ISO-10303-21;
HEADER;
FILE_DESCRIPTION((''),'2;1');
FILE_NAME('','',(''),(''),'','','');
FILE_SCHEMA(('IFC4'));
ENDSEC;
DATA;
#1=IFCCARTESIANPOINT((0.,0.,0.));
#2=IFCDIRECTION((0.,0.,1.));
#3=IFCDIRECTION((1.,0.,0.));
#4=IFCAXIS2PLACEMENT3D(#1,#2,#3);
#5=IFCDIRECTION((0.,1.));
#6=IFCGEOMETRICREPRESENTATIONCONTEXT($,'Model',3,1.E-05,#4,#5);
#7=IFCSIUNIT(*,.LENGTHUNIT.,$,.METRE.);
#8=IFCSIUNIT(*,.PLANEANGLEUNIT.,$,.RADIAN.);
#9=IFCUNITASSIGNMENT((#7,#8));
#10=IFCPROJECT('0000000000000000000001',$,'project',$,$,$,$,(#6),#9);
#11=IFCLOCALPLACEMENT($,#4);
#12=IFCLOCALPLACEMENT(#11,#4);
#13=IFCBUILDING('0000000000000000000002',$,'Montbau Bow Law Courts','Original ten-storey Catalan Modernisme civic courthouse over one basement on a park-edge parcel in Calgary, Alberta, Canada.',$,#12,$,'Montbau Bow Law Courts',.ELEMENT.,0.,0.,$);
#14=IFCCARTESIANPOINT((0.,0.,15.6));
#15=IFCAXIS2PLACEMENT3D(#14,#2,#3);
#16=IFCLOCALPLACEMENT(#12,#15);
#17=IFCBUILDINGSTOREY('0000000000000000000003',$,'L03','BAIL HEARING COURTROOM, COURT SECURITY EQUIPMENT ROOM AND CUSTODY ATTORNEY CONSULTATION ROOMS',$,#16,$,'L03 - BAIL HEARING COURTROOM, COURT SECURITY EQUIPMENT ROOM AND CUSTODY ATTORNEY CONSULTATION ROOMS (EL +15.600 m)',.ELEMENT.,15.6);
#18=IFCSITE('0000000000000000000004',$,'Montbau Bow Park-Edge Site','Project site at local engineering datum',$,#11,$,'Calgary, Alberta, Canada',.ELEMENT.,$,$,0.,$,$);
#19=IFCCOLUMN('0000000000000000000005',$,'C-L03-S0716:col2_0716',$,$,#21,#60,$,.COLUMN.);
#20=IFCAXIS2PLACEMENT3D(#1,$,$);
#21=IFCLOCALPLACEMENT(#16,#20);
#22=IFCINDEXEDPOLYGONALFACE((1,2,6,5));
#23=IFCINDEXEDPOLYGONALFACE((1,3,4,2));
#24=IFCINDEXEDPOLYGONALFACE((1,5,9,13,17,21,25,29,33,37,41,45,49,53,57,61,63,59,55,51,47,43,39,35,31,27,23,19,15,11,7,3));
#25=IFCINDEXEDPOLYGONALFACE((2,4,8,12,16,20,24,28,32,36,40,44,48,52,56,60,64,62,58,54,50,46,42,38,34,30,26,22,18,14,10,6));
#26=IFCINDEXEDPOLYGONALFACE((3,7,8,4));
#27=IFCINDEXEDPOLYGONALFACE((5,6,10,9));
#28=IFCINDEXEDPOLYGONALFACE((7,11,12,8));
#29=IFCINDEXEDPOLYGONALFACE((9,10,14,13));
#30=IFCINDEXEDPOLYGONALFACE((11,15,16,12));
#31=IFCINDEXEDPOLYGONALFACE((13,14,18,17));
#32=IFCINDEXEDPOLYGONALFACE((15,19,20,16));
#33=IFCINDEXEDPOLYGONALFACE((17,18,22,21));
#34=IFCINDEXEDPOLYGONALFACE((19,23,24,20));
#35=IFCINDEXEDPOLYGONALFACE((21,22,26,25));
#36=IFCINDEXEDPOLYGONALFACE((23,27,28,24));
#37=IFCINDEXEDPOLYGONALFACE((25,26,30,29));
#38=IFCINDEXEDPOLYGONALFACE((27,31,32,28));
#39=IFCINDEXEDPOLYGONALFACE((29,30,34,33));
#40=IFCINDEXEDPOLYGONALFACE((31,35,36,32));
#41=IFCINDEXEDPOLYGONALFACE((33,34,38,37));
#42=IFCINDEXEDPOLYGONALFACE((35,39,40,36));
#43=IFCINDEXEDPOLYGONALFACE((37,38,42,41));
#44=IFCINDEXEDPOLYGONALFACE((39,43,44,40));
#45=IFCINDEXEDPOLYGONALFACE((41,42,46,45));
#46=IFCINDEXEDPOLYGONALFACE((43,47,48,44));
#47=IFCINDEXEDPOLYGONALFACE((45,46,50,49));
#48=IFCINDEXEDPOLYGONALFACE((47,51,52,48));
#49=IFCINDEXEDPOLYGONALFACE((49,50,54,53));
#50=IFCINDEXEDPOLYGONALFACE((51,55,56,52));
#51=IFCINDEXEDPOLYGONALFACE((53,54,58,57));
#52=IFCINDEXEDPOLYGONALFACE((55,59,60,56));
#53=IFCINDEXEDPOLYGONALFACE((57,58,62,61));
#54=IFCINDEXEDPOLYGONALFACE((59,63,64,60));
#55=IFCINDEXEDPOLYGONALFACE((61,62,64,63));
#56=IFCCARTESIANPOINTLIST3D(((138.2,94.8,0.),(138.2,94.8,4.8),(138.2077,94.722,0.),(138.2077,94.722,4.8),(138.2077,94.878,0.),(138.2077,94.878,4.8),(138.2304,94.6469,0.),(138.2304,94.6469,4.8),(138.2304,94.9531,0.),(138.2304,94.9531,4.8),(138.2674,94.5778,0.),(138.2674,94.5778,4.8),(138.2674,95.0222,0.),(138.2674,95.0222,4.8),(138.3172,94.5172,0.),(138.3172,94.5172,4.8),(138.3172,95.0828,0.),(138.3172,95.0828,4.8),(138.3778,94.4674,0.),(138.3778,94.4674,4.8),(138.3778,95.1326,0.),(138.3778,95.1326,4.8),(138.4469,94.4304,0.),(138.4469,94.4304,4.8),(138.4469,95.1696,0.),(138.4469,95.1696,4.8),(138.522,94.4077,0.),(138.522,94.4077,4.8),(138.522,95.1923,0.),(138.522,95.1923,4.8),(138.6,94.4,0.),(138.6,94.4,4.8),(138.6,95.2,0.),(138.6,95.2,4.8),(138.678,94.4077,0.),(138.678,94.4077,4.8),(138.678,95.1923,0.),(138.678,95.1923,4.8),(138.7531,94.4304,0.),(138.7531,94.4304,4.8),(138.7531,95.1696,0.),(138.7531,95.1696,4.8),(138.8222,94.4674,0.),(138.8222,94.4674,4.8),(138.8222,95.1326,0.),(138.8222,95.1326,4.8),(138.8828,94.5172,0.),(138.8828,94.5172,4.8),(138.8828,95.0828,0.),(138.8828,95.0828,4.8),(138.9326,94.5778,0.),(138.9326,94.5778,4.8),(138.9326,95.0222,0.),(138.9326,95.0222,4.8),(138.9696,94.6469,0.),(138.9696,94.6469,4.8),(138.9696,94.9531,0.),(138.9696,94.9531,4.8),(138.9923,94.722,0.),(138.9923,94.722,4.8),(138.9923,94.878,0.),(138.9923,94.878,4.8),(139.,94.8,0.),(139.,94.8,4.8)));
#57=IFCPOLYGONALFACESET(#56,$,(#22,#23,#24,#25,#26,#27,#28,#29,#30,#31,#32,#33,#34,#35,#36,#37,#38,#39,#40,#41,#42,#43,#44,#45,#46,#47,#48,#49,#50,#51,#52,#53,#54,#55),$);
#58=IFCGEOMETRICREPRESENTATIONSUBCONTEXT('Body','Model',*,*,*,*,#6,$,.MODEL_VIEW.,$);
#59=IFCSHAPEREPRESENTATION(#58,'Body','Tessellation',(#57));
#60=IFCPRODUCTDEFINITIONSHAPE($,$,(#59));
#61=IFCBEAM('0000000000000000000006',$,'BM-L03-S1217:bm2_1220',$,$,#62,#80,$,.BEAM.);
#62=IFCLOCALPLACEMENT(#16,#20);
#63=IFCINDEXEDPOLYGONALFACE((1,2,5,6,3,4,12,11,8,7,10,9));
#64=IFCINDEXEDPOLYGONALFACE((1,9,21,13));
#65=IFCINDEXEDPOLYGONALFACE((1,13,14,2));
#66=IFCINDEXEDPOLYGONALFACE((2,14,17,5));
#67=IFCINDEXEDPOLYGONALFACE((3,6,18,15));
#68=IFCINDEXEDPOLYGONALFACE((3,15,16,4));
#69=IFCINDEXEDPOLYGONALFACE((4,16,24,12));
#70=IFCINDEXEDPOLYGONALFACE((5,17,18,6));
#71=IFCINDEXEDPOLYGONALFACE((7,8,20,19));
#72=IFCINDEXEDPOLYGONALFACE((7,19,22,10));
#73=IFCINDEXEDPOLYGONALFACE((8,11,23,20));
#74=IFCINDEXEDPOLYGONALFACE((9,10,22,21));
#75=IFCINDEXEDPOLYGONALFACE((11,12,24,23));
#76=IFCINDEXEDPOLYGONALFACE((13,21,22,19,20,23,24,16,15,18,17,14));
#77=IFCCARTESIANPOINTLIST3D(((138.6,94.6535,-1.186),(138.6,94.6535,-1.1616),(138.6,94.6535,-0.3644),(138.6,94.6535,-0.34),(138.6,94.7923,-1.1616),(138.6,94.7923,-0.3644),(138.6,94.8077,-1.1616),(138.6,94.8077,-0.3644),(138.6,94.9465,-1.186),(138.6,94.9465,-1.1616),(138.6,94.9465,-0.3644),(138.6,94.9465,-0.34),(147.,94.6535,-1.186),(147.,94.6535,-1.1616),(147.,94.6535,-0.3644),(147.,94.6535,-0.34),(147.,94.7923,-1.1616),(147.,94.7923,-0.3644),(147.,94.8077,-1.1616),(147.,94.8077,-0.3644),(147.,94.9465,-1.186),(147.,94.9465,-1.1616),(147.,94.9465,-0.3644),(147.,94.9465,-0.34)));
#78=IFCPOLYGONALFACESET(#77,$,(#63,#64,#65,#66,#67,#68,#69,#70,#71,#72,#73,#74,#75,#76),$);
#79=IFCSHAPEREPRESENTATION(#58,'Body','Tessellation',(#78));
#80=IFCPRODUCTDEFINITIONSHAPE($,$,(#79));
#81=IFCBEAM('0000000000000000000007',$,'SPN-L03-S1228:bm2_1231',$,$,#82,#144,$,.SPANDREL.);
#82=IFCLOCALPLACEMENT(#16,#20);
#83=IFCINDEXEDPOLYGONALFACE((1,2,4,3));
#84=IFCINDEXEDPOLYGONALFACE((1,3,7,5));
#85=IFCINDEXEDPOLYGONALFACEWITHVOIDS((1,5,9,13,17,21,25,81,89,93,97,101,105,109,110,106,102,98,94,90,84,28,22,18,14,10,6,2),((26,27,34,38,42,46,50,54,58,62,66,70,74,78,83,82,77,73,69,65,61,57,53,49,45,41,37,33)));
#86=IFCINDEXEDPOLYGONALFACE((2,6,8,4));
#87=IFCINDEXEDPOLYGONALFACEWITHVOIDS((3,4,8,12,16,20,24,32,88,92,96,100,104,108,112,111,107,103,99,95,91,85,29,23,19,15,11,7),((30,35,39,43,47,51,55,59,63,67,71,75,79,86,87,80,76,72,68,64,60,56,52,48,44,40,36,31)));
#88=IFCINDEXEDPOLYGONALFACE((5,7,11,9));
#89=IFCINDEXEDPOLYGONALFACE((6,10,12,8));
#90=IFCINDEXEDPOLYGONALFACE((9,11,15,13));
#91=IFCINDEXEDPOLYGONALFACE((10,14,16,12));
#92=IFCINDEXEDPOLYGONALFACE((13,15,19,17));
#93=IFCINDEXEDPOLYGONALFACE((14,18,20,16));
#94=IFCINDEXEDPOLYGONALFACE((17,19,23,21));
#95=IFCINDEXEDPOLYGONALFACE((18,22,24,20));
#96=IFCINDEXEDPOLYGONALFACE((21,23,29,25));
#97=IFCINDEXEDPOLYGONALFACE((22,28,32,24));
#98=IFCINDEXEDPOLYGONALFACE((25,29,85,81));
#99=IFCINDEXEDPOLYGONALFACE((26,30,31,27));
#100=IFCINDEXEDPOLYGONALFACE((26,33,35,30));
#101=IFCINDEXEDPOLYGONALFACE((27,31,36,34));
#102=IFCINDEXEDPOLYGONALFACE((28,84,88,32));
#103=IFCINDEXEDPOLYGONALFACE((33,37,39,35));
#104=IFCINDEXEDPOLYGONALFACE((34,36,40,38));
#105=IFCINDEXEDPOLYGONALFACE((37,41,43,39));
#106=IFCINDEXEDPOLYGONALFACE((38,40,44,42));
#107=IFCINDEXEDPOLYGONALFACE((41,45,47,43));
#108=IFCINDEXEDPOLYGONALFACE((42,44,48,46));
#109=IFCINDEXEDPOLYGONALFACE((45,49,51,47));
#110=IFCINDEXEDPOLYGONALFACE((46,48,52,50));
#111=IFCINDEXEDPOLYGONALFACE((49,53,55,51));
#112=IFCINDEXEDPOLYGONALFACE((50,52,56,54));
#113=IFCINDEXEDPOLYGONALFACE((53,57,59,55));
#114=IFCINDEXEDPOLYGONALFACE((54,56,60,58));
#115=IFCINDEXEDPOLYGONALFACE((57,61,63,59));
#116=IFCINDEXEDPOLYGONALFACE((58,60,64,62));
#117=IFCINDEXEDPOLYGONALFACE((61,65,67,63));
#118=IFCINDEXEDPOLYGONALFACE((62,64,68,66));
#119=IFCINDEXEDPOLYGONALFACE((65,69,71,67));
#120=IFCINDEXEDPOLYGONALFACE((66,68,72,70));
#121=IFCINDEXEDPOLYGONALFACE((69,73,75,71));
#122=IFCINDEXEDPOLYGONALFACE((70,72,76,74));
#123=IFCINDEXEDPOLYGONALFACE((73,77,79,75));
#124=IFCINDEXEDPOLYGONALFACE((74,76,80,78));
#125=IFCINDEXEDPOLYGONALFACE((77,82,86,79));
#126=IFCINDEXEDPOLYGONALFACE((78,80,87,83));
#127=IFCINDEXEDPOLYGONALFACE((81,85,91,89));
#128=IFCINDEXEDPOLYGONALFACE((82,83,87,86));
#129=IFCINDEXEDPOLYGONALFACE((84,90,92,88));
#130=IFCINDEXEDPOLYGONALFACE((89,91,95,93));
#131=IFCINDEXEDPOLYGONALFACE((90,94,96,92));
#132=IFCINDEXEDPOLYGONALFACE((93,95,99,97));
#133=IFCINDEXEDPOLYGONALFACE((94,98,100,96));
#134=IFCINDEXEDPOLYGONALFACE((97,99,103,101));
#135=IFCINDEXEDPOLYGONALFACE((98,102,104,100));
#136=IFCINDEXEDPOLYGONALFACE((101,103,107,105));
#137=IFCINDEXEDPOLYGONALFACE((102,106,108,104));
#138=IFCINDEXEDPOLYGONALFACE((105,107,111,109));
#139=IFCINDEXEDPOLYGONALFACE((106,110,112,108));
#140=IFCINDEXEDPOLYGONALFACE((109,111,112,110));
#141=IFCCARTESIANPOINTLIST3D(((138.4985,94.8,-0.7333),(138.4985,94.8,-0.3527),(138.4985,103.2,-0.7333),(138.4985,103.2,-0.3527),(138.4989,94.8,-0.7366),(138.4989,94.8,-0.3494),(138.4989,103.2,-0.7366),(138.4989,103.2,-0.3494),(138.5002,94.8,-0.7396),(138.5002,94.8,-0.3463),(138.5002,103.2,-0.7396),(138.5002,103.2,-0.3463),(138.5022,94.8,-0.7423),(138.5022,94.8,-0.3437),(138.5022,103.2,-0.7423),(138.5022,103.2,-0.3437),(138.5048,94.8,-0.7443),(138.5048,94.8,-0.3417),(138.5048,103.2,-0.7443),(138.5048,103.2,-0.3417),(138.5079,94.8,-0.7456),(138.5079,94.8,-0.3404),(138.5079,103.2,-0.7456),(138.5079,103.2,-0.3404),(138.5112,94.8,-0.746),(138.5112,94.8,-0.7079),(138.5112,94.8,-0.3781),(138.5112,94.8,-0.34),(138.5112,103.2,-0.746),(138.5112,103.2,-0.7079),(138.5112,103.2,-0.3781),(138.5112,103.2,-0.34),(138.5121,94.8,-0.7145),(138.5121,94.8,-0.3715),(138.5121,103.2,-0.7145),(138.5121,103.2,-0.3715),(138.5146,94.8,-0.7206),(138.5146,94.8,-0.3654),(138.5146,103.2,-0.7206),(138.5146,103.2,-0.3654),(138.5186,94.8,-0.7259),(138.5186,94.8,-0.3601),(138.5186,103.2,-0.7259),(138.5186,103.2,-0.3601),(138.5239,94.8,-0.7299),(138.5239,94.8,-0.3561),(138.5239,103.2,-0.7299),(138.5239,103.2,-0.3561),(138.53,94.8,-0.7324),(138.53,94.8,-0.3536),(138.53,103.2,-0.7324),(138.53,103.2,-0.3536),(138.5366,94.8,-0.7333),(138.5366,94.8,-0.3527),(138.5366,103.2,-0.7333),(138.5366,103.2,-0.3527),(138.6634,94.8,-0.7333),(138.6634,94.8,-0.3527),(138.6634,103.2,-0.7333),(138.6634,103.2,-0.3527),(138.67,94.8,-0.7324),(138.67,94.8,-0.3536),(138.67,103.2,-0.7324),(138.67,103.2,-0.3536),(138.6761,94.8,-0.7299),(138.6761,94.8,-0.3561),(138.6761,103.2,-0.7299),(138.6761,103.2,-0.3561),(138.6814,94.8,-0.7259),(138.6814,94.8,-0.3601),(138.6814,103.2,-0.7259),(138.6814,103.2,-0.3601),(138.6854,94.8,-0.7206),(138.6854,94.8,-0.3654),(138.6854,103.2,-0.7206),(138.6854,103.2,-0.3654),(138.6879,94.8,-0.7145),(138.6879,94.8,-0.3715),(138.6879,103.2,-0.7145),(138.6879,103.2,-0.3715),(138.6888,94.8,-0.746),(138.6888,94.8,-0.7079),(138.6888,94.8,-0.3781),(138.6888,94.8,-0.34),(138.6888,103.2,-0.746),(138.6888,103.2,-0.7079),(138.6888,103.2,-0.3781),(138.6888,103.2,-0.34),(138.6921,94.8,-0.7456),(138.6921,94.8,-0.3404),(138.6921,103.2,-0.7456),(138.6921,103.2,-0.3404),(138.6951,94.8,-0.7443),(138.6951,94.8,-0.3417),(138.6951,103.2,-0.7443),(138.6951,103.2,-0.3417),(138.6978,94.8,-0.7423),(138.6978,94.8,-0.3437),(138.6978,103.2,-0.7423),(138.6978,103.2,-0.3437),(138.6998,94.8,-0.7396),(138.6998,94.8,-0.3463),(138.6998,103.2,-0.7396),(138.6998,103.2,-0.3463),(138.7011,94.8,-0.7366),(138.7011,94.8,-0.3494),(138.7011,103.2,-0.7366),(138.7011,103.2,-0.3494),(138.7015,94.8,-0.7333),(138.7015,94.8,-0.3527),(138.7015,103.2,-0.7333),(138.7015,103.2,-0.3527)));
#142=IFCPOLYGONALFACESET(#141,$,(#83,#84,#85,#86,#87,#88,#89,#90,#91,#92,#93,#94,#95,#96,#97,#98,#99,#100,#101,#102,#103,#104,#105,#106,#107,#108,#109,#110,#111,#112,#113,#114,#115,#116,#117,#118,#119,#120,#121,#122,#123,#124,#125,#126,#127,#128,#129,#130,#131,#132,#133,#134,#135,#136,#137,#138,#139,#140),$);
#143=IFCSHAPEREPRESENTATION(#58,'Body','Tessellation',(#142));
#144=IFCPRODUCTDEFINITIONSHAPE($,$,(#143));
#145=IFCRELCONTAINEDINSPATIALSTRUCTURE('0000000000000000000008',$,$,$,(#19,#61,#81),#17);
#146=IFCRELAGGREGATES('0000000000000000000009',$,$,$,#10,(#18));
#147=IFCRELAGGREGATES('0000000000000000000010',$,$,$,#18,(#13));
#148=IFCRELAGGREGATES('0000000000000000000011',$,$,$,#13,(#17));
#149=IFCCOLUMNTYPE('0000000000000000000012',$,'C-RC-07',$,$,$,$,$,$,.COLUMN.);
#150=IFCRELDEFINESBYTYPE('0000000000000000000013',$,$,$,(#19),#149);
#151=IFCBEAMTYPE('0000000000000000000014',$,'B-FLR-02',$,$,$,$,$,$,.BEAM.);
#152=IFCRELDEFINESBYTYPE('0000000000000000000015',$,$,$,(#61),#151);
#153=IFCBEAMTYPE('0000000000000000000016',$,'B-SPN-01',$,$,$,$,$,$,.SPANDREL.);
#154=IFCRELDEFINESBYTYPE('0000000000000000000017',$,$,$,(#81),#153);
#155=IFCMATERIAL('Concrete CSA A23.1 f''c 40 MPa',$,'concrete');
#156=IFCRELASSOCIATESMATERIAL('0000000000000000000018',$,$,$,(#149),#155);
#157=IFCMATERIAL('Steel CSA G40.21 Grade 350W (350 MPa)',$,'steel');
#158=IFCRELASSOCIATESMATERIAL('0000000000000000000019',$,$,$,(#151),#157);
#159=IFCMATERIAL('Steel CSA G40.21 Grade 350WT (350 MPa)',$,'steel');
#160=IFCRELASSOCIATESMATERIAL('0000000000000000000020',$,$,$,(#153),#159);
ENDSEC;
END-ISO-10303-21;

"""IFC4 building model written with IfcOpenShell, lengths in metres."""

from ifc_helpers import new_model, si_unit, direction, frame, origin_with_axes, origin_2d_with_axis, place, context, subcontext, project, spatial, hollow_rectangle, circle, i_section, extrude, material, material_profile, profile_set, type_object, element, save


model = new_model("IFC4")

# Units and contexts
model_context = context("Model", 3, precision=1e-05, world=origin_with_axes(), true_north=direction((0.0, 1.0)))
body_context = subcontext(model_context, "Body", "Model", "MODEL_VIEW")
ifc_project = project(units=[si_unit("LENGTHUNIT", "METRE"), si_unit("PLANEANGLEUNIT", "RADIAN")], contexts=[model_context])

# Site, building, storey
site_placement = place(None, origin_with_axes())
site = spatial("IfcSite", under=ifc_project, at=site_placement, Name="Montbau Bow Park-Edge Site", Description="Project site at local engineering datum", LongName="Calgary, Alberta, Canada", CompositionType="ELEMENT", RefElevation=0.0)
building_placement = place(site_placement, origin_with_axes())
building = spatial("IfcBuilding", under=site, at=building_placement, Name="Montbau Bow Law Courts", Description="Original ten-storey Catalan Modernisme civic courthouse over one basement on a park-edge parcel in Calgary, Alberta, Canada.", LongName="Montbau Bow Law Courts", CompositionType="ELEMENT", ElevationOfRefHeight=0.0, ElevationOfTerrain=0.0)
storey_placement = place(building_placement, frame((0.0, 0.0, 15.6), z_axis=(0.0, 0.0, 1.0), x_axis=(1.0, 0.0, 0.0)))
storey = spatial("IfcBuildingStorey", under=building, at=storey_placement, Name="L03", Description="BAIL HEARING COURTROOM, COURT SECURITY EQUIPMENT ROOM AND CUSTODY ATTORNEY CONSULTATION ROOMS", LongName="L03 - BAIL HEARING COURTROOM, COURT SECURITY EQUIPMENT ROOM AND CUSTODY ATTORNEY CONSULTATION ROOMS (EL +15.600 m)", CompositionType="ELEMENT", Elevation=15.6)

# Column
ifc_material_1 = material(Name="Concrete CSA A23.1 f'c 40 MPa", Category="concrete")
ifc_material_profile_1 = material_profile(ifc_material_1, circle(Radius=0.4, at=origin_2d_with_axis()), Name="RC800D", Category="Main", Priority=0)
ifc_profile_set_1 = profile_set([ifc_material_profile_1], Name="Concrete CSA A23.1 f'c 40 MPa")
column_type = type_object("IfcColumnType", Name="C-RC-07", PredefinedType="COLUMN", material=ifc_profile_set_1)
column_placement = place(None, frame((138.6, 94.8, 15.6), z_axis=(0.0, 0.0, 1.0), x_axis=(1.0, 0.0, 0.0)))
element("IfcColumn", 1, at=column_placement, inside=storey, type_object=column_type, Name="C-L03-S0716:col2_0716", PredefinedType="COLUMN", context=body_context, shape_type="SweptSolid", body=[
    extrude(circle(Radius=0.4, at=origin_2d_with_axis()), origin_with_axes(), (0.0, 0.0, 1.0), 4.8),
])

# Beams
ifc_material_2 = material(Name="Steel CSA G40.21 Grade 350W (350 MPa)", Category="steel")
ifc_material_profile_2 = material_profile(ifc_material_2, i_section(OverallWidth=0.293, OverallDepth=0.846, WebThickness=0.0154, FlangeThickness=0.0244, at=origin_2d_with_axis()), Name="W840X210", Category="Main", Priority=0)
ifc_profile_set_2 = profile_set([ifc_material_profile_2], Name="Steel CSA G40.21 Grade 350W (350 MPa)")
beam_type_1 = type_object("IfcBeamType", Name="B-FLR-02", PredefinedType="BEAM", material=ifc_profile_set_2)
beam_1_placement = place(None, frame((138.6, 94.8, 14.837), z_axis=(1.0, 0.0, 0.0), x_axis=(0.0, 1.0, 0.0)))
element("IfcBeam", 2, at=beam_1_placement, inside=storey, type_object=beam_type_1, Name="BM-L03-S1217:bm2_1220", PredefinedType="BEAM", context=body_context, shape_type="SweptSolid", body=[
    extrude(i_section(OverallWidth=0.293, OverallDepth=0.846, WebThickness=0.0154, FlangeThickness=0.0244, at=origin_2d_with_axis()), origin_with_axes(), (0.0, 0.0, 1.0), 8.4),
])
ifc_material_3 = material(Name="Steel CSA G40.21 Grade 350WT (350 MPa)", Category="steel")
ifc_material_profile_3 = material_profile(ifc_material_3, hollow_rectangle(XDim=0.203, YDim=0.406, WallThickness=0.0127, InnerFilletRadius=0.0254, OuterFilletRadius=0.0127, at=origin_2d_with_axis()), Name="HSS406X203X13", Category="Main", Priority=0)
ifc_profile_set_3 = profile_set([ifc_material_profile_3], Name="Steel CSA G40.21 Grade 350WT (350 MPa)")
beam_type_2 = type_object("IfcBeamType", Name="B-SPN-01", PredefinedType="SPANDREL", material=ifc_profile_set_3)
beam_2_placement = place(None, frame((138.6, 94.8, 15.057), z_axis=(0.0, 1.0, 0.0), x_axis=(-1.0, 0.0, 0.0)))
element("IfcBeam", 3, at=beam_2_placement, inside=storey, type_object=beam_type_2, Name="SPN-L03-S1228:bm2_1231", PredefinedType="SPANDREL", context=body_context, shape_type="SweptSolid", body=[
    extrude(hollow_rectangle(XDim=0.203, YDim=0.406, WallThickness=0.0127, InnerFilletRadius=0.0254, OuterFilletRadius=0.0127, at=origin_2d_with_axis()), origin_with_axes(), (0.0, 0.0, 1.0), 8.4),
])

save(model, "model.ifc")
